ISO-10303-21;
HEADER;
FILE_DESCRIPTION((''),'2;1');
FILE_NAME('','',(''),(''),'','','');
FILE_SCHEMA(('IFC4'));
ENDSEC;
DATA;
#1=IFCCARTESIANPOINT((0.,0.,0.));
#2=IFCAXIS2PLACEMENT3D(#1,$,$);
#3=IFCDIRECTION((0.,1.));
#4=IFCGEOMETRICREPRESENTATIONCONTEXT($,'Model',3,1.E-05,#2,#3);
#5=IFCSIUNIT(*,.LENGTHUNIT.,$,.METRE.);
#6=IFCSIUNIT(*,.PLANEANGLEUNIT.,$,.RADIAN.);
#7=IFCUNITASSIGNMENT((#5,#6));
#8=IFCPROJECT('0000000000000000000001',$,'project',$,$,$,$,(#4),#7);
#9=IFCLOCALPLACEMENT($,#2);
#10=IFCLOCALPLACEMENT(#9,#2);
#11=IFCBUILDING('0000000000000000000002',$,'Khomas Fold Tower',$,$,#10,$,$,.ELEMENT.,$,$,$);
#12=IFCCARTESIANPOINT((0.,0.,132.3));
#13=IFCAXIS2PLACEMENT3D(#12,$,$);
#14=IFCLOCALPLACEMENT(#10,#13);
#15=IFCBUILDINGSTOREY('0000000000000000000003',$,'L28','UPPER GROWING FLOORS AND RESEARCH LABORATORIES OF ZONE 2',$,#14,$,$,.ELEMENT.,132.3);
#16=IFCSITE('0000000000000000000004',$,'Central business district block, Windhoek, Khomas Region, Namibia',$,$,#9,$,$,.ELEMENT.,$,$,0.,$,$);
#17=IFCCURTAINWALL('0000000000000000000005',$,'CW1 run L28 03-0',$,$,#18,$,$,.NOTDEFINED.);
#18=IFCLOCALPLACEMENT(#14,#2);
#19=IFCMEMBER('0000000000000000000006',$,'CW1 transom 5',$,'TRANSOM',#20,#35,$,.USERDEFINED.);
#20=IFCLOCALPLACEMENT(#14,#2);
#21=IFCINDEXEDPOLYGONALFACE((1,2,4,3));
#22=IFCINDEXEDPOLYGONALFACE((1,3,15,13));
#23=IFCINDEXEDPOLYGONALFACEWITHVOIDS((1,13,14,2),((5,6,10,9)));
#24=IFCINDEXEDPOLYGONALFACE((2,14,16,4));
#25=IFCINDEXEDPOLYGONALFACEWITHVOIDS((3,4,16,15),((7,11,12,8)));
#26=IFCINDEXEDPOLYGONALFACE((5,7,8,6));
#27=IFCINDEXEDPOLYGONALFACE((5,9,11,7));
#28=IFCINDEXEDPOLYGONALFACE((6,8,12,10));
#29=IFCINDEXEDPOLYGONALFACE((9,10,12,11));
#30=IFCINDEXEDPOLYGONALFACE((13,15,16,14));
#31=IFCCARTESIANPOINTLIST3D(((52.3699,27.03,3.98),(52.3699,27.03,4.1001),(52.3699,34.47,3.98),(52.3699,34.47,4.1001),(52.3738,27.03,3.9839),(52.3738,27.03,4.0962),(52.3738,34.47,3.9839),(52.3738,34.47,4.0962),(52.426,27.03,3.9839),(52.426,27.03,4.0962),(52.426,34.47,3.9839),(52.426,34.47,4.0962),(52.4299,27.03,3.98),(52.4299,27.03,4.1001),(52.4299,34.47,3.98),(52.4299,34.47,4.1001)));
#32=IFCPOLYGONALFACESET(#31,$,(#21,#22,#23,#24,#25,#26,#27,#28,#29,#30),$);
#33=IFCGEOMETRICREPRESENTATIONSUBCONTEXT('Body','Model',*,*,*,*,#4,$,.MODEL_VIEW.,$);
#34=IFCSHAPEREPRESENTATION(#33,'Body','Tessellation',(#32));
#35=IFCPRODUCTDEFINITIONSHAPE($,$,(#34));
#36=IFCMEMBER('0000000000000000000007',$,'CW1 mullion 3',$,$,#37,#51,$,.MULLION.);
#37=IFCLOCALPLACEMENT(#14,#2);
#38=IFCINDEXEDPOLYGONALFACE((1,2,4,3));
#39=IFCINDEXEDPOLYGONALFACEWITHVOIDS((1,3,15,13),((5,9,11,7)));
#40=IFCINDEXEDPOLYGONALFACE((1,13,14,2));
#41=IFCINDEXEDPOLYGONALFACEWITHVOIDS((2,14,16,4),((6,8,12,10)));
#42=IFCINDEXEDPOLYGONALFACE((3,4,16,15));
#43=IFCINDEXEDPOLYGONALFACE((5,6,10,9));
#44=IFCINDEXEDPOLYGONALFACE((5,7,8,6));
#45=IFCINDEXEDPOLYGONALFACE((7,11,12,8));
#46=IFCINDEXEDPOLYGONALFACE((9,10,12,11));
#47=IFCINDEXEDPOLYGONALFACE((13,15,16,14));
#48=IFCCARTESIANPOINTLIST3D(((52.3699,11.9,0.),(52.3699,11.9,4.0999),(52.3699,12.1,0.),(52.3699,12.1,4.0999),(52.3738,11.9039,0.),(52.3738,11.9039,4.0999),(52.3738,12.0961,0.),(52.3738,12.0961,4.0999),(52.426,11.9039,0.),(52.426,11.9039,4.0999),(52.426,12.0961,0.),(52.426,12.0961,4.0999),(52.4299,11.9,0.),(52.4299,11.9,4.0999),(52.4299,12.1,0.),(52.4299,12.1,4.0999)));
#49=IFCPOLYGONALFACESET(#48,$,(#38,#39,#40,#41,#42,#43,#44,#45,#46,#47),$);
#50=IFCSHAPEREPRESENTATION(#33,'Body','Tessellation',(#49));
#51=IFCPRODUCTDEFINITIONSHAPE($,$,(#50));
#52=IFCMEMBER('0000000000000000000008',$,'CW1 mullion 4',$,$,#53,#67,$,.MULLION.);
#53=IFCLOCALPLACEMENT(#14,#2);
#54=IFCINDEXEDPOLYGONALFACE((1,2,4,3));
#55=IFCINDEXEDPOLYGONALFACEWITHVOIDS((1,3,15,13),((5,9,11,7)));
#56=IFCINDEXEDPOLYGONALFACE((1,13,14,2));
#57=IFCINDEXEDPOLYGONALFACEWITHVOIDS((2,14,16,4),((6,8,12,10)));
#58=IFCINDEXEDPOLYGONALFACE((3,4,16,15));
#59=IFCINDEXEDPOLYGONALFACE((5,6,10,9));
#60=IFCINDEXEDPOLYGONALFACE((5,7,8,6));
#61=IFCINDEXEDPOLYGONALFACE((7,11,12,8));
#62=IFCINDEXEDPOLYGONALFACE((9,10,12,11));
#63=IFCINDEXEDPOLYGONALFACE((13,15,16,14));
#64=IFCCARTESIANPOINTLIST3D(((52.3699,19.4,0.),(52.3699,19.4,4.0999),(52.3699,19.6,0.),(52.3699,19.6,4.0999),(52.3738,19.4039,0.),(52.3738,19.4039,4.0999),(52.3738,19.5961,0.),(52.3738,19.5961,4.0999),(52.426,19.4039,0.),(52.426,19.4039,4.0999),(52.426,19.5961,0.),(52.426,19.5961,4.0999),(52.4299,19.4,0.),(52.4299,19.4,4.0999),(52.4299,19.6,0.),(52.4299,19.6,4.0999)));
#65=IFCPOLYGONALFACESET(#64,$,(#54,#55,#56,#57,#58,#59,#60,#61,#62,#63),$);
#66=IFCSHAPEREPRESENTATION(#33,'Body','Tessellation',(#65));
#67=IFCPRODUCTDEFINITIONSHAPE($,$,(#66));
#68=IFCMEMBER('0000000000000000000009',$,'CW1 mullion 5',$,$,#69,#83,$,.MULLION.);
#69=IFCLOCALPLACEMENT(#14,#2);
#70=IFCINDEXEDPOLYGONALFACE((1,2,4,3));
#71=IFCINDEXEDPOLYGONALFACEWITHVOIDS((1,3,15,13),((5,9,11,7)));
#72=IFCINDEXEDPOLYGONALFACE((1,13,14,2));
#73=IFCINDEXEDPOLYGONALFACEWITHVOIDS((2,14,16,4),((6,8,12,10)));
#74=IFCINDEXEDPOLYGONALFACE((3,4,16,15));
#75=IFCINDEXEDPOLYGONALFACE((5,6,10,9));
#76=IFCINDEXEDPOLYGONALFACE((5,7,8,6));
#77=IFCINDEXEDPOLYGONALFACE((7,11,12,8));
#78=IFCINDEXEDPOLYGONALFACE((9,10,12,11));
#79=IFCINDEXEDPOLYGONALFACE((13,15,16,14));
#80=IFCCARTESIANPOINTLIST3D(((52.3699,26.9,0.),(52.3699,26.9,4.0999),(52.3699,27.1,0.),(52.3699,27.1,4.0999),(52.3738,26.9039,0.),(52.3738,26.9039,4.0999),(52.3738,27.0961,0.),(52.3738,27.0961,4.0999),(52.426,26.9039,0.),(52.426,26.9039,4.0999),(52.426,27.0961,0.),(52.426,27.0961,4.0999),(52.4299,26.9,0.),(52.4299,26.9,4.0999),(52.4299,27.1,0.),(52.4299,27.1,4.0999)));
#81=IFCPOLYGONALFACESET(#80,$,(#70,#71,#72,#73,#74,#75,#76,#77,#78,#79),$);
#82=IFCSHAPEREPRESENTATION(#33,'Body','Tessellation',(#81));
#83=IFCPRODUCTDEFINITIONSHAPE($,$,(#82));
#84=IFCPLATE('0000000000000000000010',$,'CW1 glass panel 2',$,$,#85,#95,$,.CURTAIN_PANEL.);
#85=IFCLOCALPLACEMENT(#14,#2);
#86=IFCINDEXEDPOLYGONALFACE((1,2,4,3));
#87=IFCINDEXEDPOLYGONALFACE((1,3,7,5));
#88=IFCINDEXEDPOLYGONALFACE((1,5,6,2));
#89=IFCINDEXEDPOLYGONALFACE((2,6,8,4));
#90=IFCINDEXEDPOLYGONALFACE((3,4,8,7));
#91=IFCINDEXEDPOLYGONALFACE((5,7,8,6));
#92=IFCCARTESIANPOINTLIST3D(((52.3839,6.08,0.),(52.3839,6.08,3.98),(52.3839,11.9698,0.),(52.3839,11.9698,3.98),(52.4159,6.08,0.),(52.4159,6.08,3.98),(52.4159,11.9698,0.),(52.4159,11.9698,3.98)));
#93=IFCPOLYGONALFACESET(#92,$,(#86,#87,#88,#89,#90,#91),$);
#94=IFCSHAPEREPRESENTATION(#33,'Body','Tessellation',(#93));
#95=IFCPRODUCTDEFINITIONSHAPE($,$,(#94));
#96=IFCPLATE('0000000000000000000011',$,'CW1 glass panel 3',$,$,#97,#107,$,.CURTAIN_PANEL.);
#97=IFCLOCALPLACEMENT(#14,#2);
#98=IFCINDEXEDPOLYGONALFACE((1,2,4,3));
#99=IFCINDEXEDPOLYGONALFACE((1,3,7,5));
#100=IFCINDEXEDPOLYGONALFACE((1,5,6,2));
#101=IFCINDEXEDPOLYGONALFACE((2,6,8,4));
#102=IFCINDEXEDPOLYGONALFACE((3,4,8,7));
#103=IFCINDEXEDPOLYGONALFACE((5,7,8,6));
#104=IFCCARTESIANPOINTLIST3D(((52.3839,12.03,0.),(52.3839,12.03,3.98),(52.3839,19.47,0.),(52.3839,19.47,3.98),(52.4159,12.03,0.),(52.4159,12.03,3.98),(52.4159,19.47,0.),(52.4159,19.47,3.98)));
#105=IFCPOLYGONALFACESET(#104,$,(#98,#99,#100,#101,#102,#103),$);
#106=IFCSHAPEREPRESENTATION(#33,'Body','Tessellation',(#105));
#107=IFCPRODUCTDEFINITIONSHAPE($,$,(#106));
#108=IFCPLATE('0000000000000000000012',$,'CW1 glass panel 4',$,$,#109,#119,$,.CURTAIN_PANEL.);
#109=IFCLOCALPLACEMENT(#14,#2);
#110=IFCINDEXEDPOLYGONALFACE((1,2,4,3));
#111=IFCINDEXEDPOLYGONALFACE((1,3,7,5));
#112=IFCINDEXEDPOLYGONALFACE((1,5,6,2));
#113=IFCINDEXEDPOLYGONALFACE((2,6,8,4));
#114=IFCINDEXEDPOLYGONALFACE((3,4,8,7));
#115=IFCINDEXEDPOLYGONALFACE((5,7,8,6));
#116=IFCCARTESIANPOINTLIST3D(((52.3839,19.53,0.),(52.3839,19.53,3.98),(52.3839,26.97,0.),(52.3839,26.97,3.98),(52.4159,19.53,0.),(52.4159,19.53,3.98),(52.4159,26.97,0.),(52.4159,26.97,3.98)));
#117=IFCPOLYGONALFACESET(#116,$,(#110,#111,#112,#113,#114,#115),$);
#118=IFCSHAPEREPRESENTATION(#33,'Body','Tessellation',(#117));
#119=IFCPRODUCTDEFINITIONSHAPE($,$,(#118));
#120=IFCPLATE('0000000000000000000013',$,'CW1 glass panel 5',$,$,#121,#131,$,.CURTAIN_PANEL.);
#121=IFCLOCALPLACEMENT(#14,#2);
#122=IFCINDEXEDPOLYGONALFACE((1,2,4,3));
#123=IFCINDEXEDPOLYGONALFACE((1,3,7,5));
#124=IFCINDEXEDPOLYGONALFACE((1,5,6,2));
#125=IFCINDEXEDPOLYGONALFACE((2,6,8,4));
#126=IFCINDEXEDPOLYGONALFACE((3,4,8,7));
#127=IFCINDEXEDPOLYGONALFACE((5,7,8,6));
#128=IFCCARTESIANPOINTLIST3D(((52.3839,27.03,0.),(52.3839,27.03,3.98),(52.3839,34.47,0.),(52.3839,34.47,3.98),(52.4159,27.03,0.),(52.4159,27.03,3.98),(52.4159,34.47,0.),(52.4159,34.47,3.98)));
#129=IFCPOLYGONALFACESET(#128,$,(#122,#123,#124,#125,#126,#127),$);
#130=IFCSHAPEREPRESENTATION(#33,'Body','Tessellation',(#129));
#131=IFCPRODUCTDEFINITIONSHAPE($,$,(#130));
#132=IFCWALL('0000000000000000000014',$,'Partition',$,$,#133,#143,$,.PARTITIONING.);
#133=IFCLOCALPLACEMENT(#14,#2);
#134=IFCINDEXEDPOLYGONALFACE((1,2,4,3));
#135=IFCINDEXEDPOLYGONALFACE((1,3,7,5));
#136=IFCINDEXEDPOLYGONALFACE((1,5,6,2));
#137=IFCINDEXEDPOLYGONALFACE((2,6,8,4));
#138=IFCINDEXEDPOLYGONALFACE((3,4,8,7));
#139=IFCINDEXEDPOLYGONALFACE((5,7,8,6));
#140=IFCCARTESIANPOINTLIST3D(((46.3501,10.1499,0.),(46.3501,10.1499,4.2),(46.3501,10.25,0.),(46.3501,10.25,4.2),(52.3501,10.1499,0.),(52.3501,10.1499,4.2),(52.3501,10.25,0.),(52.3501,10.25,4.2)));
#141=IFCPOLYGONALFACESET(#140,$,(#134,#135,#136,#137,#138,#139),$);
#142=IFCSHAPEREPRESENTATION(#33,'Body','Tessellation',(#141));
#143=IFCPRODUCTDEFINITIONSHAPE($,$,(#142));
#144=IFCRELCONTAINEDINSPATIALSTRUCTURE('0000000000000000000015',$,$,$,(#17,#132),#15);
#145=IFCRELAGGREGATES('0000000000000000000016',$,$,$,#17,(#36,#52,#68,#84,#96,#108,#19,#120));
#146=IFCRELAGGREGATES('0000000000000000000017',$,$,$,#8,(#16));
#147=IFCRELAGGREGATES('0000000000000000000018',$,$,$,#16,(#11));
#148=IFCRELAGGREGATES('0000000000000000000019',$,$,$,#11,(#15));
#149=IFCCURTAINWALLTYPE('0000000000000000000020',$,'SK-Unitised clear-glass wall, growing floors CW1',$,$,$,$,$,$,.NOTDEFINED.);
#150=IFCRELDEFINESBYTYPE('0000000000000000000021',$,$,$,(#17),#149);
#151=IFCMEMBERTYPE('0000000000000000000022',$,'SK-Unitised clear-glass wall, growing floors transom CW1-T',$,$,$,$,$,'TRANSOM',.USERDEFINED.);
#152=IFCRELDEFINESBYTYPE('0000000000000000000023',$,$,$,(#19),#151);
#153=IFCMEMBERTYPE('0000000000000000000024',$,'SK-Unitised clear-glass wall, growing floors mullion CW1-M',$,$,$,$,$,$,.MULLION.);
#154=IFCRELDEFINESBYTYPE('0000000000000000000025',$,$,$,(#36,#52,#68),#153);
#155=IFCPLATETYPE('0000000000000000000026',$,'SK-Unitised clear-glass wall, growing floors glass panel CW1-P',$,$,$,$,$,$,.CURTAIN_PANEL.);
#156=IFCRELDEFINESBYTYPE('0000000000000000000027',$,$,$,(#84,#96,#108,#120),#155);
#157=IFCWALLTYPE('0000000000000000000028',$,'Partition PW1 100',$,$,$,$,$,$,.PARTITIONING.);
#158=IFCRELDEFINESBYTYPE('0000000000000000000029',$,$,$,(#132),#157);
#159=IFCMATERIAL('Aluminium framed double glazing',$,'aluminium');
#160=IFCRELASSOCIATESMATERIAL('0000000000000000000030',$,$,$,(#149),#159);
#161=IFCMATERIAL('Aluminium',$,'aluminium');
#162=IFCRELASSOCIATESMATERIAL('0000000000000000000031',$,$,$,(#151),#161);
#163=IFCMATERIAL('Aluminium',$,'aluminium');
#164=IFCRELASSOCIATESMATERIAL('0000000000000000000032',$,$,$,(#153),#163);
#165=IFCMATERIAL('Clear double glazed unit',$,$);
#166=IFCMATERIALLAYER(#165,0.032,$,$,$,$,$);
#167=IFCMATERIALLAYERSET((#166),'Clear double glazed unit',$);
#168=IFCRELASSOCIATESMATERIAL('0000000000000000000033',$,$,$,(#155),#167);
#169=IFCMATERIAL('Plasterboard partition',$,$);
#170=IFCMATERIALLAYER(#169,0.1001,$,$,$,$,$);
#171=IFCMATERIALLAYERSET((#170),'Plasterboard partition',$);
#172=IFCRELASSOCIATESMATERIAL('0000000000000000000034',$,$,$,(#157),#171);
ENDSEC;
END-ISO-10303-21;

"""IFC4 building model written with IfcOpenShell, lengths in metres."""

from ifc_helpers import new_model, si_unit, direction, frame, frame_2d, origin, origin_2d, place, context, subcontext, project, spatial, rectangle, hollow_rectangle, extrude, source, transform, mapped, material, layer, layer_set, material_profile, profile_set, type_object, element, aggregate, save


model = new_model("IFC4")

# Units and contexts
model_context = context("Model", 3, precision=1e-05, world=origin(), true_north=direction((0.0, 1.0)))
body_context = subcontext(model_context, "Body", "Model", "MODEL_VIEW")
ifc_project = project(units=[si_unit("LENGTHUNIT", "METRE"), si_unit("PLANEANGLEUNIT", "RADIAN")], contexts=[model_context])

# Site, building, storey
site_placement = place(None, origin())
site = spatial("IfcSite", under=ifc_project, at=site_placement, Name="Central business district block, Windhoek, Khomas Region, Namibia", CompositionType="ELEMENT", RefElevation=0.0)
building_placement = place(site_placement, origin())
building = spatial("IfcBuilding", under=site, at=building_placement, Name="Khomas Fold Tower", CompositionType="ELEMENT")
storey_placement = place(building_placement, frame((0.0, 0.0, 132.3)))
storey = spatial("IfcBuildingStorey", under=building, at=storey_placement, Name="L28", Description="UPPER GROWING FLOORS AND RESEARCH LABORATORIES OF ZONE 2", CompositionType="ELEMENT", Elevation=132.3)

# Curtain wall, members, plates
ifc_material_1 = material(Name="Aluminium framed double glazing", Category="aluminium")
curtain_wall_type = type_object("IfcCurtainWallType", Name="SK-Unitised clear-glass wall, growing floors CW1", PredefinedType="NOTDEFINED", material=ifc_material_1)
curtain_wall_placement = place(storey_placement, origin())
curtain_wall = element("IfcCurtainWall", 1, at=curtain_wall_placement, inside=storey, type_object=curtain_wall_type, Name="CW1 run L28 03-0", PredefinedType="NOTDEFINED")
ifc_material_2 = material(Name="Aluminium", Category="aluminium")
ifc_material_profile_1 = material_profile(ifc_material_2, hollow_rectangle(XDim=0.0601, YDim=0.1201, WallThickness=0.0039, at=origin_2d()), Name="SK-Unitised clear-glass wall, growing floors transom CW1-T")
ifc_profile_set_1 = profile_set([ifc_material_profile_1], Name="Aluminium")
member_type_1 = type_object("IfcMemberType", Name="SK-Unitised clear-glass wall, growing floors transom CW1-T", ElementType="TRANSOM", PredefinedType="USERDEFINED", material=ifc_profile_set_1)
shared_shape_1 = source(origin(), body_context, "Body", "SweptSolid", [
    extrude(hollow_rectangle(XDim=0.0601, YDim=0.1201, WallThickness=0.0039, at=origin_2d()), origin(), (0.0, 0.0, 1.0), 7.4399),
])
member_1_placement = place(storey_placement, frame((52.3999, 27.03, 4.04), z_axis=(0.0, 1.0, 0.0), x_axis=(-1.0, 0.0, 0.0)))
member_1 = element("IfcMember", 2, at=member_1_placement, type_object=member_type_1, Name="CW1 transom 5", ObjectType="TRANSOM", PredefinedType="USERDEFINED", context=body_context, shape_type="MappedRepresentation", body=[
    mapped(shared_shape_1, transform((0.0, 0.0, 0.0))),
])
ifc_material_3 = material(Name="Aluminium", Category="aluminium")
ifc_material_profile_2 = material_profile(ifc_material_3, hollow_rectangle(XDim=0.0601, YDim=0.2, WallThickness=0.0039, at=origin_2d()), Name="SK-Unitised clear-glass wall, growing floors mullion CW1-M")
ifc_profile_set_2 = profile_set([ifc_material_profile_2], Name="Aluminium")
member_type_2 = type_object("IfcMemberType", Name="SK-Unitised clear-glass wall, growing floors mullion CW1-M", PredefinedType="MULLION", material=ifc_profile_set_2)
shared_shape_2 = source(origin(), body_context, "Body", "SweptSolid", [
    extrude(hollow_rectangle(XDim=0.0601, YDim=0.2, WallThickness=0.0039, at=origin_2d()), origin(), (0.0, 0.0, 1.0), 4.0999),
])
member_2_placement = place(storey_placement, frame((52.3999, 12.0, 0.0), z_axis=(0.0, 0.0, 1.0), x_axis=(-1.0, 0.0, 0.0)))
member_2 = element("IfcMember", 3, at=member_2_placement, type_object=member_type_2, Name="CW1 mullion 3", PredefinedType="MULLION", context=body_context, shape_type="MappedRepresentation", body=[
    mapped(shared_shape_2, transform((0.0, 0.0, 0.0))),
])
member_3_placement = place(storey_placement, frame((52.3999, 19.5, 0.0), z_axis=(0.0, 0.0, 1.0), x_axis=(-1.0, 0.0, 0.0)))
member_3 = element("IfcMember", 4, at=member_3_placement, type_object=member_type_2, Name="CW1 mullion 4", PredefinedType="MULLION", context=body_context, shape_type="MappedRepresentation", body=[
    mapped(shared_shape_2, transform((0.0, 0.0, 0.0))),
])
member_4_placement = place(storey_placement, frame((52.3999, 27.0, 0.0), z_axis=(0.0, 0.0, 1.0), x_axis=(-1.0, 0.0, 0.0)))
member_4 = element("IfcMember", 5, at=member_4_placement, type_object=member_type_2, Name="CW1 mullion 5", PredefinedType="MULLION", context=body_context, shape_type="MappedRepresentation", body=[
    mapped(shared_shape_2, transform((0.0, 0.0, 0.0))),
])
ifc_material_4 = material(Name="Clear double glazed unit")
ifc_layer_1 = layer(ifc_material_4, 0.032)
ifc_layer_set_1 = layer_set([ifc_layer_1], Name="Clear double glazed unit")
plate_type = type_object("IfcPlateType", Name="SK-Unitised clear-glass wall, growing floors glass panel CW1-P", PredefinedType="CURTAIN_PANEL", material=ifc_layer_set_1)
shared_shape_3 = source(origin(), body_context, "Body", "SweptSolid", [
    extrude(rectangle(XDim=5.8899, YDim=0.032, at=origin_2d()), origin(), (0.0, 0.0, 1.0), 3.98),
])
plate_1_placement = place(storey_placement, frame((52.3999, 9.0249, 0.0), z_axis=(0.0, 0.0, 1.0), x_axis=(0.0, 1.0, 0.0)))
plate_1 = element("IfcPlate", 6, at=plate_1_placement, type_object=plate_type, Name="CW1 glass panel 2", PredefinedType="CURTAIN_PANEL", context=body_context, shape_type="MappedRepresentation", body=[
    mapped(shared_shape_3, transform((0.0, 0.0, 0.0))),
])
shared_shape_4 = source(origin(), body_context, "Body", "SweptSolid", [
    extrude(rectangle(XDim=7.4399, YDim=0.032, at=origin_2d()), origin(), (0.0, 0.0, 1.0), 3.98),
])
plate_2_placement = place(storey_placement, frame((52.3999, 15.75, 0.0), z_axis=(0.0, 0.0, 1.0), x_axis=(0.0, 1.0, 0.0)))
plate_2 = element("IfcPlate", 7, at=plate_2_placement, type_object=plate_type, Name="CW1 glass panel 3", PredefinedType="CURTAIN_PANEL", context=body_context, shape_type="MappedRepresentation", body=[
    mapped(shared_shape_4, transform((0.0, 0.0, 0.0))),
])
plate_3_placement = place(storey_placement, frame((52.3999, 23.25, 0.0), z_axis=(0.0, 0.0, 1.0), x_axis=(0.0, 1.0, 0.0)))
plate_3 = element("IfcPlate", 8, at=plate_3_placement, type_object=plate_type, Name="CW1 glass panel 4", PredefinedType="CURTAIN_PANEL", context=body_context, shape_type="MappedRepresentation", body=[
    mapped(shared_shape_4, transform((0.0, 0.0, 0.0))),
])
plate_4_placement = place(storey_placement, frame((52.3999, 30.75, 0.0), z_axis=(0.0, 0.0, 1.0), x_axis=(0.0, 1.0, 0.0)))
plate_4 = element("IfcPlate", 9, at=plate_4_placement, type_object=plate_type, Name="CW1 glass panel 5", PredefinedType="CURTAIN_PANEL", context=body_context, shape_type="MappedRepresentation", body=[
    mapped(shared_shape_4, transform((0.0, 0.0, 0.0))),
])
aggregate(curtain_wall, [member_2, member_3, member_4, plate_1, plate_2, plate_3, member_1, plate_4])

# Wall
ifc_material_5 = material(Name="Plasterboard partition")
ifc_layer_2 = layer(ifc_material_5, 0.1001)
ifc_layer_set_2 = layer_set([ifc_layer_2], Name="Plasterboard partition")
wall_type_1 = type_object("IfcWallType", Name="Partition PW1 100", PredefinedType="PARTITIONING", material=ifc_layer_set_2)
shared_shape_5 = source(origin(), body_context, "Body", "SweptSolid", [
    extrude(rectangle(XDim=6.0, YDim=0.1001, at=frame_2d((3.0, 0.0))), origin(), (0.0, 0.0, 1.0), 4.2),
])
wall_1_placement = place(storey_placement, frame((46.3501, 10.2, 0.0), z_axis=(0.0, 0.0, 1.0), x_axis=(1.0, 0.0, 0.0)))
element("IfcWall", 10, at=wall_1_placement, inside=storey, type_object=wall_type_1, Name="Partition", PredefinedType="PARTITIONING", context=body_context, shape_type="MappedRepresentation", body=[
    mapped(shared_shape_5, transform((0.0, 0.0, 0.0))),
])

save(model, "model.ifc")
